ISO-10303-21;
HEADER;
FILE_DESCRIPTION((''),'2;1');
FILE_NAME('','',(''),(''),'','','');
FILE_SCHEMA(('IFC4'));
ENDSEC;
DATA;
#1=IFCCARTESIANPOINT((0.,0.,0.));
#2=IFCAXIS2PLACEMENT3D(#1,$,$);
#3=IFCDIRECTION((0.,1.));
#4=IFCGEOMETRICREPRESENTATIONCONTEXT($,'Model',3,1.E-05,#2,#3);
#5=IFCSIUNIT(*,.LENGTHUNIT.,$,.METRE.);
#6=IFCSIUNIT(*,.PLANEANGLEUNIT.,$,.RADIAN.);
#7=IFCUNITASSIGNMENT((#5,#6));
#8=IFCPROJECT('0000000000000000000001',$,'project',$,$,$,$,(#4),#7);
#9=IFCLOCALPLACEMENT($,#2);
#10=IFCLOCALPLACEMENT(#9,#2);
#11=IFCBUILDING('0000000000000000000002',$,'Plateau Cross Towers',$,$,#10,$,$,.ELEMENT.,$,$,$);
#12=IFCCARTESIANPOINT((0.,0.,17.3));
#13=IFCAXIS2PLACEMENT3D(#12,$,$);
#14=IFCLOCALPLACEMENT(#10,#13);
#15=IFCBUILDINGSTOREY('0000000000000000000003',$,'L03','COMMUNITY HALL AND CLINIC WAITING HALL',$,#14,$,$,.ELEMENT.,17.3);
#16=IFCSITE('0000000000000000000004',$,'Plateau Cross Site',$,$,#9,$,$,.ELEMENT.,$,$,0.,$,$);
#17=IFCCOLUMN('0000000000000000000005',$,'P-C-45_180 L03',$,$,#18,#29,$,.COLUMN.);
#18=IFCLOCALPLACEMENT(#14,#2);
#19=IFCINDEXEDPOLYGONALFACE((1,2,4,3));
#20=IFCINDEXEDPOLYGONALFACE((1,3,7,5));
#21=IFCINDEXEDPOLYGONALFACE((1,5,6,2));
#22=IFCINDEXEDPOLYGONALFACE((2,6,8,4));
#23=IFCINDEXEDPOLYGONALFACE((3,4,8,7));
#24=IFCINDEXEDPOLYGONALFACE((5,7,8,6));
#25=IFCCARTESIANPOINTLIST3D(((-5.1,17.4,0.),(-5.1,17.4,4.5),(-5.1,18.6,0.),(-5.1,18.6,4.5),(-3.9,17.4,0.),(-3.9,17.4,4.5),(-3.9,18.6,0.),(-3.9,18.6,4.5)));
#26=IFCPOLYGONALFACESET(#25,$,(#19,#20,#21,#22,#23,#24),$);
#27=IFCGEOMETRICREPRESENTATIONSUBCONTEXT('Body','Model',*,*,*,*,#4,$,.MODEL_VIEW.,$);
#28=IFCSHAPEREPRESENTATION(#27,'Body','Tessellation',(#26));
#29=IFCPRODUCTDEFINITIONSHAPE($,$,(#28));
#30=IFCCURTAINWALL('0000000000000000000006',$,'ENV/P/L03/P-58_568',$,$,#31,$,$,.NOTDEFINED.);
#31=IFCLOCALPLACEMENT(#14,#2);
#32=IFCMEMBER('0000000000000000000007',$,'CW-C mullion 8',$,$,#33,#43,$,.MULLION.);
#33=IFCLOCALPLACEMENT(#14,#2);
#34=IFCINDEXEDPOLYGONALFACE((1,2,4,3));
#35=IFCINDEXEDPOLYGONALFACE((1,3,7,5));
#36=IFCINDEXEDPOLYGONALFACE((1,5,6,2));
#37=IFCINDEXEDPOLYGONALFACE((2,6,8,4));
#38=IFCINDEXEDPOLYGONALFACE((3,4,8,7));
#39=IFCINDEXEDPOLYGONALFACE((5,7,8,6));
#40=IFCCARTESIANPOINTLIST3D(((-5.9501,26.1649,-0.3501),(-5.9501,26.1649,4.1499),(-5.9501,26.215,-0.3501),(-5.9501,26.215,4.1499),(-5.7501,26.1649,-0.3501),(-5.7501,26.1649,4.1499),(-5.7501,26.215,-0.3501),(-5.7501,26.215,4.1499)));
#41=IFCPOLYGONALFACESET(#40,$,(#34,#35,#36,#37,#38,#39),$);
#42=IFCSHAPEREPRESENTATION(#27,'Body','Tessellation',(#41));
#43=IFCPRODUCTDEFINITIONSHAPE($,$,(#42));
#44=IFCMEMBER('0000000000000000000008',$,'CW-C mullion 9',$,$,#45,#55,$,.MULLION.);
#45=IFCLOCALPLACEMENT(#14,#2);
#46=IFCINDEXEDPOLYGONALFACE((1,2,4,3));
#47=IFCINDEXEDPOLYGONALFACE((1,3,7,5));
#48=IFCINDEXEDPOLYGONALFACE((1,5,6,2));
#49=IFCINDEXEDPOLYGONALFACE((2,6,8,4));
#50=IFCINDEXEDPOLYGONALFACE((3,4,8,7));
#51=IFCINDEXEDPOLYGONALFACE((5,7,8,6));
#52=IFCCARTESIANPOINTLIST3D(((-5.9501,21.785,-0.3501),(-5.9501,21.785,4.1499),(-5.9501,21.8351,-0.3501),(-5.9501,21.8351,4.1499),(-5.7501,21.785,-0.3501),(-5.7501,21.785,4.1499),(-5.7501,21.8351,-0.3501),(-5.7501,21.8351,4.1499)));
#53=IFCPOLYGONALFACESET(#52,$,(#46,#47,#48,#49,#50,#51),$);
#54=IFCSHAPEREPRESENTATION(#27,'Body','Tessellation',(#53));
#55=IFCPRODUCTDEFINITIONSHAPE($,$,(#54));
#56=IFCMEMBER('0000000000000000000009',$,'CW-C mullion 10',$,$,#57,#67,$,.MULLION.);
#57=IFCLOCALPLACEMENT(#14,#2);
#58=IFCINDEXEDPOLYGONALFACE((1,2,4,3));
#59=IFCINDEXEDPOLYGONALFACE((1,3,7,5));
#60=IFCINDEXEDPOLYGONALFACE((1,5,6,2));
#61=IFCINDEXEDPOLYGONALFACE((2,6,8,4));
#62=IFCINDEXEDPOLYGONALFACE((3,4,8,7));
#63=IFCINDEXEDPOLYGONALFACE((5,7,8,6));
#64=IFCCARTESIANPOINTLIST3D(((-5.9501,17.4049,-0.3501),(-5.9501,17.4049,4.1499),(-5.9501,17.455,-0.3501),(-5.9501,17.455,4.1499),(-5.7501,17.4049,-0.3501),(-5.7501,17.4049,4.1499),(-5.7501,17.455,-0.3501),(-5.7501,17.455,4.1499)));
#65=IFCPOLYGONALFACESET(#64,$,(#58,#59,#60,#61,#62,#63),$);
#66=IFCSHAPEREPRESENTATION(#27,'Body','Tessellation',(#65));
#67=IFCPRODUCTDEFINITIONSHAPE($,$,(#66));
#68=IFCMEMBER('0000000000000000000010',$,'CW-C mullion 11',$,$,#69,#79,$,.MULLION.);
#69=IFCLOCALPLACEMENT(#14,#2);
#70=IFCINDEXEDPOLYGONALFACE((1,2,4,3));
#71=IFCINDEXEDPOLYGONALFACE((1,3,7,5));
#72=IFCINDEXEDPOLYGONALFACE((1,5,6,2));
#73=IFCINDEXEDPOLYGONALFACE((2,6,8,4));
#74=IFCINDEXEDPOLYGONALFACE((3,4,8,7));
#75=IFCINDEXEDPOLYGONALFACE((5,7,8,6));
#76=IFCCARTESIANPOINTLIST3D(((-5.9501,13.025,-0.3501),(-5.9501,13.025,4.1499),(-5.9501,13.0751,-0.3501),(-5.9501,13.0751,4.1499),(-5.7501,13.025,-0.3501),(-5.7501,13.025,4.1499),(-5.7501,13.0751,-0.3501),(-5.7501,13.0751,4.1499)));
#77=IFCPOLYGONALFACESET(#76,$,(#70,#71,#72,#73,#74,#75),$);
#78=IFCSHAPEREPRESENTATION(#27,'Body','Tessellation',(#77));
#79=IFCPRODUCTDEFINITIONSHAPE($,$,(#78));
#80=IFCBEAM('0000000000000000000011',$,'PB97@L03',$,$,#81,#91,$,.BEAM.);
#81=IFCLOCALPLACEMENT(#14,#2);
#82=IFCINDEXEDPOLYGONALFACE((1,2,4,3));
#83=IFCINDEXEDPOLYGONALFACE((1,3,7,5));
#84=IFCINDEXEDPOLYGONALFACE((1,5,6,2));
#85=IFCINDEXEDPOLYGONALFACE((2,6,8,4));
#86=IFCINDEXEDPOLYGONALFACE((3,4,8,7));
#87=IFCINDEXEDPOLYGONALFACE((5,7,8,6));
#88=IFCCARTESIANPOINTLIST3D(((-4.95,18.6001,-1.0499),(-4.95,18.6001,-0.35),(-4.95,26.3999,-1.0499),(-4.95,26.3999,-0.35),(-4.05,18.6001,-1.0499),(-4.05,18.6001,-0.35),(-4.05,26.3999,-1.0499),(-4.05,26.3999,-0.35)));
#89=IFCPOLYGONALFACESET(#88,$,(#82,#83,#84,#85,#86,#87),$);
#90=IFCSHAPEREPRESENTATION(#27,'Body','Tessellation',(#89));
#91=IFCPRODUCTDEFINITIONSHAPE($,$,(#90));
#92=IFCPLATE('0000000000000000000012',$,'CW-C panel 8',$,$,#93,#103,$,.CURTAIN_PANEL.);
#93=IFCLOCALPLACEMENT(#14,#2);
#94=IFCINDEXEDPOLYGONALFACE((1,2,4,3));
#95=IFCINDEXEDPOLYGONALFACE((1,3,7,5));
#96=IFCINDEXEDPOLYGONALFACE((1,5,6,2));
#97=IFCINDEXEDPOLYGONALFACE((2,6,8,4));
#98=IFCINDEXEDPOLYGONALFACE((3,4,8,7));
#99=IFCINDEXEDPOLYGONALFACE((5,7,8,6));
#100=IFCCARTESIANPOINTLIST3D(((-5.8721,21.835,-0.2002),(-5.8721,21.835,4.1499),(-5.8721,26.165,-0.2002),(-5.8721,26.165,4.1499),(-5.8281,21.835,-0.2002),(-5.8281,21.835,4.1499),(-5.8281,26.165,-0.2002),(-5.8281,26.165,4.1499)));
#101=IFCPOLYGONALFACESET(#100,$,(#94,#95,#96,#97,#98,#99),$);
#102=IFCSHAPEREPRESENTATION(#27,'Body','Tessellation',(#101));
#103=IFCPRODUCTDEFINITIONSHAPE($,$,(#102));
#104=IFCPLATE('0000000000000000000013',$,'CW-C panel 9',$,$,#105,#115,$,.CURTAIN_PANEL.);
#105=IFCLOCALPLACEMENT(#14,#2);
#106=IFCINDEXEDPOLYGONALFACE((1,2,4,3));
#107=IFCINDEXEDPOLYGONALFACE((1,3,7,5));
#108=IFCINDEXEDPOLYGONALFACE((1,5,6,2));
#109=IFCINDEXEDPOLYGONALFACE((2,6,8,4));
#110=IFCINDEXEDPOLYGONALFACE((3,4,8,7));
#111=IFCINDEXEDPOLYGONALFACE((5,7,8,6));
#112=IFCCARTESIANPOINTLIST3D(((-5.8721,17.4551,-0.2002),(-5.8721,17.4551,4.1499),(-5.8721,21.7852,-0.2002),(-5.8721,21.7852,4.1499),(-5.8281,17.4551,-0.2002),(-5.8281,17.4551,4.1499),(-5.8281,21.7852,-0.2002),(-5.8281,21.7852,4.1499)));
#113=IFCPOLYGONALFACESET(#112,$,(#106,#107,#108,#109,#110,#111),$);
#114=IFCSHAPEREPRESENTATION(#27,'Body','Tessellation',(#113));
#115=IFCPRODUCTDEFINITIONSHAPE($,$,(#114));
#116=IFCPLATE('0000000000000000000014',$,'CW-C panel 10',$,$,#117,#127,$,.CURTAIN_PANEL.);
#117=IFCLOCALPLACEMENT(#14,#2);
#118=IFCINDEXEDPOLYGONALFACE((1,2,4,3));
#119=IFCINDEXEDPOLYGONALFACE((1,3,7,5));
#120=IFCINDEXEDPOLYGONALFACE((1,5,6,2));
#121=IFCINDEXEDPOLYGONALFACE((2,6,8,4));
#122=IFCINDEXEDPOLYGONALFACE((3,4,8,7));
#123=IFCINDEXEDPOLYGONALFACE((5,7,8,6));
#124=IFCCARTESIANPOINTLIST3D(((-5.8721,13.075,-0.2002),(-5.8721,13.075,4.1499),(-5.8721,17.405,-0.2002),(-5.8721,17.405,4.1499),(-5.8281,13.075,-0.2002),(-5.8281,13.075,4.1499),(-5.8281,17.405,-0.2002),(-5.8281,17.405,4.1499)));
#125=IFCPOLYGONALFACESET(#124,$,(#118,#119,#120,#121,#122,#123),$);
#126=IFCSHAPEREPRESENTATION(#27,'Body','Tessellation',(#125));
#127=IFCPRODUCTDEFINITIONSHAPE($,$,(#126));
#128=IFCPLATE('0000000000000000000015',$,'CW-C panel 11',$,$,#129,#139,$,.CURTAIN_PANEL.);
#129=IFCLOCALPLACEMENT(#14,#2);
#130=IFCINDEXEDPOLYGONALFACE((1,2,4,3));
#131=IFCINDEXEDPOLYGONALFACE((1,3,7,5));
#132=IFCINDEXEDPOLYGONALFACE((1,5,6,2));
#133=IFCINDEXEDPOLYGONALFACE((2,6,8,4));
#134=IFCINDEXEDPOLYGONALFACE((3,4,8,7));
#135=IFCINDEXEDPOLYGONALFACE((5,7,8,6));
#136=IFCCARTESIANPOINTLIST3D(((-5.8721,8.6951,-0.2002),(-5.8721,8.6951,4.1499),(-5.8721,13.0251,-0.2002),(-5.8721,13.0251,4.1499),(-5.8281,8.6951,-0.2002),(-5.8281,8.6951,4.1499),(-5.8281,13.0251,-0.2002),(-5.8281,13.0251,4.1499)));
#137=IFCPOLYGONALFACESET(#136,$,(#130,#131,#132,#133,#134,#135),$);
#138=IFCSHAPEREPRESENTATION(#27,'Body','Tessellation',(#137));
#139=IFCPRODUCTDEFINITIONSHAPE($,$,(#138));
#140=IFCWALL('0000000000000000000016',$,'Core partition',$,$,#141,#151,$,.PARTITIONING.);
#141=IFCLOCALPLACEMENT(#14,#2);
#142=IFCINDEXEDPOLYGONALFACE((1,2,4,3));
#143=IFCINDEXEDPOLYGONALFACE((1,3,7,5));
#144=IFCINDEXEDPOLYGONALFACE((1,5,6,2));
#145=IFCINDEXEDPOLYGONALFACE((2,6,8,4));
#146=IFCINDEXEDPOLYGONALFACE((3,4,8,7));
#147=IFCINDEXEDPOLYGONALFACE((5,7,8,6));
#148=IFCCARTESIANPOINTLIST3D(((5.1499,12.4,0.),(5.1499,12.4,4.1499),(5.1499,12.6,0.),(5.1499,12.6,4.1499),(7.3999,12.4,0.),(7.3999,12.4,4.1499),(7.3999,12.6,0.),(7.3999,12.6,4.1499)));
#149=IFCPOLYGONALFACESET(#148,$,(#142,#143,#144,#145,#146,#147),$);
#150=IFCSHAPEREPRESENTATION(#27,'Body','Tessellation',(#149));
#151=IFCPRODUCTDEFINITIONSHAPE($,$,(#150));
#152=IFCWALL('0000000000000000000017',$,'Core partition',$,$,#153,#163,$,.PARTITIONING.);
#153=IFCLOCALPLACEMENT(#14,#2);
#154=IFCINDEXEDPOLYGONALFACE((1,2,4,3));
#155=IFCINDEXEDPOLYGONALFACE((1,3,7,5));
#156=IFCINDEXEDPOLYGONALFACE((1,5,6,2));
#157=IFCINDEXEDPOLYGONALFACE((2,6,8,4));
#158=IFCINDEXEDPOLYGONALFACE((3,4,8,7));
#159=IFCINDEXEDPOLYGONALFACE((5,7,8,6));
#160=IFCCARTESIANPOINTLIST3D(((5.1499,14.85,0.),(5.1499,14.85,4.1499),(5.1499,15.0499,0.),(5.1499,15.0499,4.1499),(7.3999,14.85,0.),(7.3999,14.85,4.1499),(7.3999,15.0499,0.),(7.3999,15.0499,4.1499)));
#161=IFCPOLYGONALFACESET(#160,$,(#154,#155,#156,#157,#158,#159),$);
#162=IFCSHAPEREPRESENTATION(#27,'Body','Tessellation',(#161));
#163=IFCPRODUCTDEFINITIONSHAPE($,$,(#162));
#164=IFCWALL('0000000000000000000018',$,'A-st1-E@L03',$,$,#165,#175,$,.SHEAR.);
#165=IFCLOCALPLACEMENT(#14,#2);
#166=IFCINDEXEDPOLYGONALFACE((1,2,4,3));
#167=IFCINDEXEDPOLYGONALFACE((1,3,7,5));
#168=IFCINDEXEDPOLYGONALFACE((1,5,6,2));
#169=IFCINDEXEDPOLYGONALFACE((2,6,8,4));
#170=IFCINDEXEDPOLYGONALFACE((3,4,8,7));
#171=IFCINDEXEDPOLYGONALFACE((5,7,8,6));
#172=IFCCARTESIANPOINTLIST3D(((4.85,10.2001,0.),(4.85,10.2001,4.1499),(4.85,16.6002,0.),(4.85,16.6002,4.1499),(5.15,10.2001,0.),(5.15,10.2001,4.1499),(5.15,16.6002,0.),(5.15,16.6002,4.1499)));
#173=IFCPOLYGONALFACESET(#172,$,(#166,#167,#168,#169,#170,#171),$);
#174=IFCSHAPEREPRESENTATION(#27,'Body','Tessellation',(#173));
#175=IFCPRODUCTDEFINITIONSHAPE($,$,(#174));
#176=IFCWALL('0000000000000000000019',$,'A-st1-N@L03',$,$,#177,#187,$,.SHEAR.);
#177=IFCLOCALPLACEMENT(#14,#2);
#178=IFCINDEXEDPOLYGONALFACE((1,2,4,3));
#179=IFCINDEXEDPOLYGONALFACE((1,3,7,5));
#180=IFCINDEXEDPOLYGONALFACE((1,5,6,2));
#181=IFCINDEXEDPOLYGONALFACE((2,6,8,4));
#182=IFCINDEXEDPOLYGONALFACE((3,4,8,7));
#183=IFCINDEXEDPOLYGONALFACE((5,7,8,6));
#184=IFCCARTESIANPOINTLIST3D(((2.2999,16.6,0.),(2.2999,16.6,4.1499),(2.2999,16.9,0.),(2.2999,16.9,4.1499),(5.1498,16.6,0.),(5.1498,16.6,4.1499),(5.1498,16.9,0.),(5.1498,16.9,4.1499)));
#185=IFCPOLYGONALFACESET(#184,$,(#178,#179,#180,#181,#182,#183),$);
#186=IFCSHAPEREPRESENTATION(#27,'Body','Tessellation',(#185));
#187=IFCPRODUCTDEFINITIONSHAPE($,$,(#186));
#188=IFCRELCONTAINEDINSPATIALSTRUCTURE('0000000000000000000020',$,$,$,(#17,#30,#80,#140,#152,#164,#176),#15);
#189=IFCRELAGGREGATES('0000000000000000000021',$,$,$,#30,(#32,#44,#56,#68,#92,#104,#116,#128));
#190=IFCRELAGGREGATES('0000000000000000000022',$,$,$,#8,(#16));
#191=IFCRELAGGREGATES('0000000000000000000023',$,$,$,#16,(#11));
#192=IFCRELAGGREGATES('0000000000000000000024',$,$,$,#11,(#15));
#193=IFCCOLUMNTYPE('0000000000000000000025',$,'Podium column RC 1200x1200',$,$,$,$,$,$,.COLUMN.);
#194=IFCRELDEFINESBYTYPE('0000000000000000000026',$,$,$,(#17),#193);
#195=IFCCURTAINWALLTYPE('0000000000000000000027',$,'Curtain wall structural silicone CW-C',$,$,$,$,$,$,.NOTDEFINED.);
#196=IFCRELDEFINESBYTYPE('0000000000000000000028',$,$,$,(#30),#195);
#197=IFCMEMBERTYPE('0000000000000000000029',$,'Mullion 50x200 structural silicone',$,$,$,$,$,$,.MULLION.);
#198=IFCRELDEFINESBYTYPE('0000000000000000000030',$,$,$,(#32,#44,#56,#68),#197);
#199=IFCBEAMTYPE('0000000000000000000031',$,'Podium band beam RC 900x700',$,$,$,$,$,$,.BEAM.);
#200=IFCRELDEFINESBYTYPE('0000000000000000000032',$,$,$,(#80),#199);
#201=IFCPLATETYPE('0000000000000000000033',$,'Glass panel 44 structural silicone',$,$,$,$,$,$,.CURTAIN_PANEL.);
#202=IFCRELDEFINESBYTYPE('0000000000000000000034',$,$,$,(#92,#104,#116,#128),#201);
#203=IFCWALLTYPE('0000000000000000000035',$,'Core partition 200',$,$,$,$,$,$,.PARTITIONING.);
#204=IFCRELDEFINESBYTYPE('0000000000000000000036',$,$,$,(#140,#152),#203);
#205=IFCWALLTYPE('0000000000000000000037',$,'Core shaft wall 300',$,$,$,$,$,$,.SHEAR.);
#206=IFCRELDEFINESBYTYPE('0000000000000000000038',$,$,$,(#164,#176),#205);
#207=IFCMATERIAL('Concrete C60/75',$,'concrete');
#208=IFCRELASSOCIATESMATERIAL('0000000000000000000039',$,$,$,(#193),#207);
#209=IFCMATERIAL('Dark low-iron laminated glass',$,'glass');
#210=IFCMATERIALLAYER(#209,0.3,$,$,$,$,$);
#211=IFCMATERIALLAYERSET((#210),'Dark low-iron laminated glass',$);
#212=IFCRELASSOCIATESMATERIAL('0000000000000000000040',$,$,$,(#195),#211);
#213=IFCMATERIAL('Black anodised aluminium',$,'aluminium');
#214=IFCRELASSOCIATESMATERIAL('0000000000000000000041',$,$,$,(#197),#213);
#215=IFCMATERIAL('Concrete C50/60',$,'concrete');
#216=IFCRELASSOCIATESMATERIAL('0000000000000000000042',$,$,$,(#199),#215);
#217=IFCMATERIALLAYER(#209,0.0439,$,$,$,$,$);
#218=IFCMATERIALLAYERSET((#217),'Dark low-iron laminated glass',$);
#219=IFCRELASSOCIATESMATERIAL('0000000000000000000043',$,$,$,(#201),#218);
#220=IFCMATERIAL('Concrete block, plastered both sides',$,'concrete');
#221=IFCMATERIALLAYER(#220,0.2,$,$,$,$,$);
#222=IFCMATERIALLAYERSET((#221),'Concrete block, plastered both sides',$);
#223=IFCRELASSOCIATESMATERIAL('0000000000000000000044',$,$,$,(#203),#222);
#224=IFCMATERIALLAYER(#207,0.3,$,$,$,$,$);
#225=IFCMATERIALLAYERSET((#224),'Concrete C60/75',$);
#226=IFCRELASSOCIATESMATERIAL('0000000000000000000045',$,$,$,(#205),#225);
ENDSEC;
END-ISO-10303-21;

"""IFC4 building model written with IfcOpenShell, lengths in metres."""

from ifc_helpers import new_model, si_unit, direction, frame, frame_2d, origin, origin_2d, place, context, subcontext, project, spatial, rectangle, extrude, material, layer, layer_set, material_profile, profile_set, type_object, element, aggregate, save


model = new_model("IFC4")

# Units and contexts
model_context = context("Model", 3, precision=1e-05, world=origin(), true_north=direction((0.0, 1.0)))
body_context = subcontext(model_context, "Body", "Model", "MODEL_VIEW")
ifc_project = project(units=[si_unit("LENGTHUNIT", "METRE"), si_unit("PLANEANGLEUNIT", "RADIAN")], contexts=[model_context])

# Site, building, storey
site_placement = place(None, origin())
site = spatial("IfcSite", under=ifc_project, at=site_placement, Name="Plateau Cross Site", CompositionType="ELEMENT", RefElevation=0.0)
building_placement = place(site_placement, origin())
building = spatial("IfcBuilding", under=site, at=building_placement, Name="Plateau Cross Towers", CompositionType="ELEMENT")
storey_placement = place(building_placement, frame((0.0, 0.0, 17.3)))
storey = spatial("IfcBuildingStorey", under=building, at=storey_placement, Name="L03", Description="COMMUNITY HALL AND CLINIC WAITING HALL", CompositionType="ELEMENT", Elevation=17.3)

# Column
ifc_material_1 = material(Name="Concrete C60/75", Category="concrete")
ifc_material_profile_1 = material_profile(ifc_material_1, rectangle(XDim=1.2, YDim=1.2, at=origin_2d()), Name="RC 1200x1200")
ifc_profile_set_1 = profile_set([ifc_material_profile_1], Name="Concrete C60/75")
column_type = type_object("IfcColumnType", Name="Podium column RC 1200x1200", PredefinedType="COLUMN", material=ifc_profile_set_1)
column_placement = place(storey_placement, frame((-4.5, 18.0, 0.0), z_axis=(0.0, 0.0, 1.0), x_axis=(1.0, 0.0, 0.0)))
element("IfcColumn", 1, at=column_placement, inside=storey, type_object=column_type, Name="P-C-45_180 L03", PredefinedType="COLUMN", context=body_context, shape_type="SweptSolid", body=[
    extrude(rectangle(XDim=1.2, YDim=1.2, at=origin_2d()), origin(), (0.0, 0.0, 1.0), 4.5),
])

# Curtain wall, members
ifc_material_2 = material(Name="Dark low-iron laminated glass", Category="glass")
ifc_layer_1 = layer(ifc_material_2, 0.3)
ifc_layer_set_1 = layer_set([ifc_layer_1], Name="Dark low-iron laminated glass")
curtain_wall_type = type_object("IfcCurtainWallType", Name="Curtain wall structural silicone CW-C", PredefinedType="NOTDEFINED", material=ifc_layer_set_1)
curtain_wall_placement = place(storey_placement, origin())
curtain_wall = element("IfcCurtainWall", 2, at=curtain_wall_placement, inside=storey, type_object=curtain_wall_type, Name="ENV/P/L03/P-58_568", PredefinedType="NOTDEFINED")
ifc_material_3 = material(Name="Black anodised aluminium", Category="aluminium")
ifc_material_profile_2 = material_profile(ifc_material_3, rectangle(XDim=0.05, YDim=0.2, at=origin_2d()), Name="MULLION 50x200")
ifc_profile_set_2 = profile_set([ifc_material_profile_2], Name="Black anodised aluminium")
member_type = type_object("IfcMemberType", Name="Mullion 50x200 structural silicone", PredefinedType="MULLION", material=ifc_profile_set_2)
member_1_placement = place(storey_placement, frame((-5.8501, 26.1899, -0.3501), z_axis=(0.0, 0.0, 1.0), x_axis=(0.0, -1.0, 0.0)))
member_1 = element("IfcMember", 3, at=member_1_placement, type_object=member_type, Name="CW-C mullion 8", PredefinedType="MULLION", context=body_context, shape_type="SweptSolid", body=[
    extrude(rectangle(XDim=0.05, YDim=0.2, at=origin_2d()), origin(), (0.0, 0.0, 1.0), 4.5),
])
member_2_placement = place(storey_placement, frame((-5.8501, 21.8101, -0.3501), z_axis=(0.0, 0.0, 1.0), x_axis=(0.0, -1.0, 0.0)))
member_2 = element("IfcMember", 4, at=member_2_placement, type_object=member_type, Name="CW-C mullion 9", PredefinedType="MULLION", context=body_context, shape_type="SweptSolid", body=[
    extrude(rectangle(XDim=0.05, YDim=0.2, at=origin_2d()), origin(), (0.0, 0.0, 1.0), 4.5),
])
member_3_placement = place(storey_placement, frame((-5.8501, 17.4299, -0.3501), z_axis=(0.0, 0.0, 1.0), x_axis=(0.0, -1.0, 0.0)))
member_3 = element("IfcMember", 5, at=member_3_placement, type_object=member_type, Name="CW-C mullion 10", PredefinedType="MULLION", context=body_context, shape_type="SweptSolid", body=[
    extrude(rectangle(XDim=0.05, YDim=0.2, at=origin_2d()), origin(), (0.0, 0.0, 1.0), 4.5),
])
member_4_placement = place(storey_placement, frame((-5.8501, 13.05, -0.3501), z_axis=(0.0, 0.0, 1.0), x_axis=(0.0, -1.0, 0.0)))
member_4 = element("IfcMember", 6, at=member_4_placement, type_object=member_type, Name="CW-C mullion 11", PredefinedType="MULLION", context=body_context, shape_type="SweptSolid", body=[
    extrude(rectangle(XDim=0.05, YDim=0.2, at=origin_2d()), origin(), (0.0, 0.0, 1.0), 4.5),
])

# Beam
ifc_material_4 = material(Name="Concrete C50/60", Category="concrete")
ifc_material_profile_3 = material_profile(ifc_material_4, rectangle(XDim=0.8999, YDim=0.7, at=origin_2d()), Name="RC 900x700")
ifc_profile_set_3 = profile_set([ifc_material_profile_3], Name="Concrete C50/60")
beam_type = type_object("IfcBeamType", Name="Podium band beam RC 900x700", PredefinedType="BEAM", material=ifc_profile_set_3)
beam_placement = place(storey_placement, frame((-4.5, 18.6001, -0.7), z_axis=(0.0, 1.0, 0.0), x_axis=(-1.0, 0.0, 0.0)))
element("IfcBeam", 7, at=beam_placement, inside=storey, type_object=beam_type, Name="PB97@L03", PredefinedType="BEAM", context=body_context, shape_type="SweptSolid", body=[
    extrude(rectangle(XDim=0.8999, YDim=0.7, at=origin_2d()), origin(), (0.0, 0.0, 1.0), 7.7998),
])

# Plates
ifc_layer_2 = layer(ifc_material_2, 0.0439)
ifc_layer_set_2 = layer_set([ifc_layer_2], Name="Dark low-iron laminated glass")
plate_type = type_object("IfcPlateType", Name="Glass panel 44 structural silicone", PredefinedType="CURTAIN_PANEL", material=ifc_layer_set_2)
plate_1_placement = place(storey_placement, frame((-5.8501, 24.0, -0.2002), z_axis=(0.0, 0.0, 1.0), x_axis=(0.0, -1.0, 0.0)))
plate_1 = element("IfcPlate", 8, at=plate_1_placement, type_object=plate_type, Name="CW-C panel 8", PredefinedType="CURTAIN_PANEL", context=body_context, shape_type="SweptSolid", body=[
    extrude(rectangle(XDim=4.3301, YDim=0.0439, at=origin_2d()), origin(), (0.0, 0.0, 1.0), 4.3501),
])
plate_2_placement = place(storey_placement, frame((-5.8501, 19.6201, -0.2002), z_axis=(0.0, 0.0, 1.0), x_axis=(0.0, -1.0, 0.0)))
plate_2 = element("IfcPlate", 9, at=plate_2_placement, type_object=plate_type, Name="CW-C panel 9", PredefinedType="CURTAIN_PANEL", context=body_context, shape_type="SweptSolid", body=[
    extrude(rectangle(XDim=4.3301, YDim=0.0439, at=origin_2d()), origin(), (0.0, 0.0, 1.0), 4.3501),
])
plate_3_placement = place(storey_placement, frame((-5.8501, 15.24, -0.2002), z_axis=(0.0, 0.0, 1.0), x_axis=(0.0, -1.0, 0.0)))
plate_3 = element("IfcPlate", 10, at=plate_3_placement, type_object=plate_type, Name="CW-C panel 10", PredefinedType="CURTAIN_PANEL", context=body_context, shape_type="SweptSolid", body=[
    extrude(rectangle(XDim=4.3301, YDim=0.0439, at=origin_2d()), origin(), (0.0, 0.0, 1.0), 4.3501),
])
plate_4_placement = place(storey_placement, frame((-5.8501, 10.8601, -0.2002), z_axis=(0.0, 0.0, 1.0), x_axis=(0.0, -1.0, 0.0)))
plate_4 = element("IfcPlate", 11, at=plate_4_placement, type_object=plate_type, Name="CW-C panel 11", PredefinedType="CURTAIN_PANEL", context=body_context, shape_type="SweptSolid", body=[
    extrude(rectangle(XDim=4.3301, YDim=0.0439, at=origin_2d()), origin(), (0.0, 0.0, 1.0), 4.3501),
])
aggregate(curtain_wall, [member_1, member_2, member_3, member_4, plate_1, plate_2, plate_3, plate_4])

# Walls
ifc_material_5 = material(Name="Concrete block, plastered both sides", Category="concrete")
ifc_layer_3 = layer(ifc_material_5, 0.2)
ifc_layer_set_3 = layer_set([ifc_layer_3], Name="Concrete block, plastered both sides")
wall_type_1 = type_object("IfcWallType", Name="Core partition 200", PredefinedType="PARTITIONING", material=ifc_layer_set_3)
for number, where, z_axis, x_axis, name in (
    (12, (5.1499, 12.5, 0.0), (0.0, 0.0, 1.0), (1.0, 0.0, 0.0), "Core partition"),
    (13, (5.1499, 14.95, 0.0), (0.0, 0.0, 1.0), (1.0, 0.0, 0.0), "Core partition"),
):
    element("IfcWall", number, at=place(storey_placement, frame(where, z_axis=z_axis, x_axis=x_axis)), inside=storey, type_object=wall_type_1, Name=name, PredefinedType="PARTITIONING", context=body_context, shape_type="SweptSolid", body=[
        extrude(rectangle(XDim=2.25, YDim=0.2, at=frame_2d((1.125, 0.0))), origin(), (0.0, 0.0, 1.0), 4.1499),
    ])
ifc_layer_4 = layer(ifc_material_1, 0.3)
ifc_layer_set_4 = layer_set([ifc_layer_4], Name="Concrete C60/75")
wall_type_2 = type_object("IfcWallType", Name="Core shaft wall 300", PredefinedType="SHEAR", material=ifc_layer_set_4)
wall_1_placement = place(storey_placement, frame((5.0, 10.2, 0.0), z_axis=(0.0, 0.0, 1.0), x_axis=(0.0, 1.0, 0.0)))
element("IfcWall", 14, at=wall_1_placement, inside=storey, type_object=wall_type_2, Name="A-st1-E@L03", PredefinedType="SHEAR", context=body_context, shape_type="SweptSolid", body=[
    extrude(rectangle(XDim=6.4001, YDim=0.3, at=frame_2d((3.2002, 0.0))), origin(), (0.0, 0.0, 1.0), 4.1499),
])
wall_2_placement = place(storey_placement, frame((2.3, 16.75, 0.0), z_axis=(0.0, 0.0, 1.0), x_axis=(1.0, 0.0, 0.0)))
element("IfcWall", 15, at=wall_2_placement, inside=storey, type_object=wall_type_2, Name="A-st1-N@L03", PredefinedType="SHEAR", context=body_context, shape_type="SweptSolid", body=[
    extrude(rectangle(XDim=2.8499, YDim=0.3, at=frame_2d((1.4248, 0.0))), origin(), (0.0, 0.0, 1.0), 4.1499),
])

save(model, "model.ifc")
